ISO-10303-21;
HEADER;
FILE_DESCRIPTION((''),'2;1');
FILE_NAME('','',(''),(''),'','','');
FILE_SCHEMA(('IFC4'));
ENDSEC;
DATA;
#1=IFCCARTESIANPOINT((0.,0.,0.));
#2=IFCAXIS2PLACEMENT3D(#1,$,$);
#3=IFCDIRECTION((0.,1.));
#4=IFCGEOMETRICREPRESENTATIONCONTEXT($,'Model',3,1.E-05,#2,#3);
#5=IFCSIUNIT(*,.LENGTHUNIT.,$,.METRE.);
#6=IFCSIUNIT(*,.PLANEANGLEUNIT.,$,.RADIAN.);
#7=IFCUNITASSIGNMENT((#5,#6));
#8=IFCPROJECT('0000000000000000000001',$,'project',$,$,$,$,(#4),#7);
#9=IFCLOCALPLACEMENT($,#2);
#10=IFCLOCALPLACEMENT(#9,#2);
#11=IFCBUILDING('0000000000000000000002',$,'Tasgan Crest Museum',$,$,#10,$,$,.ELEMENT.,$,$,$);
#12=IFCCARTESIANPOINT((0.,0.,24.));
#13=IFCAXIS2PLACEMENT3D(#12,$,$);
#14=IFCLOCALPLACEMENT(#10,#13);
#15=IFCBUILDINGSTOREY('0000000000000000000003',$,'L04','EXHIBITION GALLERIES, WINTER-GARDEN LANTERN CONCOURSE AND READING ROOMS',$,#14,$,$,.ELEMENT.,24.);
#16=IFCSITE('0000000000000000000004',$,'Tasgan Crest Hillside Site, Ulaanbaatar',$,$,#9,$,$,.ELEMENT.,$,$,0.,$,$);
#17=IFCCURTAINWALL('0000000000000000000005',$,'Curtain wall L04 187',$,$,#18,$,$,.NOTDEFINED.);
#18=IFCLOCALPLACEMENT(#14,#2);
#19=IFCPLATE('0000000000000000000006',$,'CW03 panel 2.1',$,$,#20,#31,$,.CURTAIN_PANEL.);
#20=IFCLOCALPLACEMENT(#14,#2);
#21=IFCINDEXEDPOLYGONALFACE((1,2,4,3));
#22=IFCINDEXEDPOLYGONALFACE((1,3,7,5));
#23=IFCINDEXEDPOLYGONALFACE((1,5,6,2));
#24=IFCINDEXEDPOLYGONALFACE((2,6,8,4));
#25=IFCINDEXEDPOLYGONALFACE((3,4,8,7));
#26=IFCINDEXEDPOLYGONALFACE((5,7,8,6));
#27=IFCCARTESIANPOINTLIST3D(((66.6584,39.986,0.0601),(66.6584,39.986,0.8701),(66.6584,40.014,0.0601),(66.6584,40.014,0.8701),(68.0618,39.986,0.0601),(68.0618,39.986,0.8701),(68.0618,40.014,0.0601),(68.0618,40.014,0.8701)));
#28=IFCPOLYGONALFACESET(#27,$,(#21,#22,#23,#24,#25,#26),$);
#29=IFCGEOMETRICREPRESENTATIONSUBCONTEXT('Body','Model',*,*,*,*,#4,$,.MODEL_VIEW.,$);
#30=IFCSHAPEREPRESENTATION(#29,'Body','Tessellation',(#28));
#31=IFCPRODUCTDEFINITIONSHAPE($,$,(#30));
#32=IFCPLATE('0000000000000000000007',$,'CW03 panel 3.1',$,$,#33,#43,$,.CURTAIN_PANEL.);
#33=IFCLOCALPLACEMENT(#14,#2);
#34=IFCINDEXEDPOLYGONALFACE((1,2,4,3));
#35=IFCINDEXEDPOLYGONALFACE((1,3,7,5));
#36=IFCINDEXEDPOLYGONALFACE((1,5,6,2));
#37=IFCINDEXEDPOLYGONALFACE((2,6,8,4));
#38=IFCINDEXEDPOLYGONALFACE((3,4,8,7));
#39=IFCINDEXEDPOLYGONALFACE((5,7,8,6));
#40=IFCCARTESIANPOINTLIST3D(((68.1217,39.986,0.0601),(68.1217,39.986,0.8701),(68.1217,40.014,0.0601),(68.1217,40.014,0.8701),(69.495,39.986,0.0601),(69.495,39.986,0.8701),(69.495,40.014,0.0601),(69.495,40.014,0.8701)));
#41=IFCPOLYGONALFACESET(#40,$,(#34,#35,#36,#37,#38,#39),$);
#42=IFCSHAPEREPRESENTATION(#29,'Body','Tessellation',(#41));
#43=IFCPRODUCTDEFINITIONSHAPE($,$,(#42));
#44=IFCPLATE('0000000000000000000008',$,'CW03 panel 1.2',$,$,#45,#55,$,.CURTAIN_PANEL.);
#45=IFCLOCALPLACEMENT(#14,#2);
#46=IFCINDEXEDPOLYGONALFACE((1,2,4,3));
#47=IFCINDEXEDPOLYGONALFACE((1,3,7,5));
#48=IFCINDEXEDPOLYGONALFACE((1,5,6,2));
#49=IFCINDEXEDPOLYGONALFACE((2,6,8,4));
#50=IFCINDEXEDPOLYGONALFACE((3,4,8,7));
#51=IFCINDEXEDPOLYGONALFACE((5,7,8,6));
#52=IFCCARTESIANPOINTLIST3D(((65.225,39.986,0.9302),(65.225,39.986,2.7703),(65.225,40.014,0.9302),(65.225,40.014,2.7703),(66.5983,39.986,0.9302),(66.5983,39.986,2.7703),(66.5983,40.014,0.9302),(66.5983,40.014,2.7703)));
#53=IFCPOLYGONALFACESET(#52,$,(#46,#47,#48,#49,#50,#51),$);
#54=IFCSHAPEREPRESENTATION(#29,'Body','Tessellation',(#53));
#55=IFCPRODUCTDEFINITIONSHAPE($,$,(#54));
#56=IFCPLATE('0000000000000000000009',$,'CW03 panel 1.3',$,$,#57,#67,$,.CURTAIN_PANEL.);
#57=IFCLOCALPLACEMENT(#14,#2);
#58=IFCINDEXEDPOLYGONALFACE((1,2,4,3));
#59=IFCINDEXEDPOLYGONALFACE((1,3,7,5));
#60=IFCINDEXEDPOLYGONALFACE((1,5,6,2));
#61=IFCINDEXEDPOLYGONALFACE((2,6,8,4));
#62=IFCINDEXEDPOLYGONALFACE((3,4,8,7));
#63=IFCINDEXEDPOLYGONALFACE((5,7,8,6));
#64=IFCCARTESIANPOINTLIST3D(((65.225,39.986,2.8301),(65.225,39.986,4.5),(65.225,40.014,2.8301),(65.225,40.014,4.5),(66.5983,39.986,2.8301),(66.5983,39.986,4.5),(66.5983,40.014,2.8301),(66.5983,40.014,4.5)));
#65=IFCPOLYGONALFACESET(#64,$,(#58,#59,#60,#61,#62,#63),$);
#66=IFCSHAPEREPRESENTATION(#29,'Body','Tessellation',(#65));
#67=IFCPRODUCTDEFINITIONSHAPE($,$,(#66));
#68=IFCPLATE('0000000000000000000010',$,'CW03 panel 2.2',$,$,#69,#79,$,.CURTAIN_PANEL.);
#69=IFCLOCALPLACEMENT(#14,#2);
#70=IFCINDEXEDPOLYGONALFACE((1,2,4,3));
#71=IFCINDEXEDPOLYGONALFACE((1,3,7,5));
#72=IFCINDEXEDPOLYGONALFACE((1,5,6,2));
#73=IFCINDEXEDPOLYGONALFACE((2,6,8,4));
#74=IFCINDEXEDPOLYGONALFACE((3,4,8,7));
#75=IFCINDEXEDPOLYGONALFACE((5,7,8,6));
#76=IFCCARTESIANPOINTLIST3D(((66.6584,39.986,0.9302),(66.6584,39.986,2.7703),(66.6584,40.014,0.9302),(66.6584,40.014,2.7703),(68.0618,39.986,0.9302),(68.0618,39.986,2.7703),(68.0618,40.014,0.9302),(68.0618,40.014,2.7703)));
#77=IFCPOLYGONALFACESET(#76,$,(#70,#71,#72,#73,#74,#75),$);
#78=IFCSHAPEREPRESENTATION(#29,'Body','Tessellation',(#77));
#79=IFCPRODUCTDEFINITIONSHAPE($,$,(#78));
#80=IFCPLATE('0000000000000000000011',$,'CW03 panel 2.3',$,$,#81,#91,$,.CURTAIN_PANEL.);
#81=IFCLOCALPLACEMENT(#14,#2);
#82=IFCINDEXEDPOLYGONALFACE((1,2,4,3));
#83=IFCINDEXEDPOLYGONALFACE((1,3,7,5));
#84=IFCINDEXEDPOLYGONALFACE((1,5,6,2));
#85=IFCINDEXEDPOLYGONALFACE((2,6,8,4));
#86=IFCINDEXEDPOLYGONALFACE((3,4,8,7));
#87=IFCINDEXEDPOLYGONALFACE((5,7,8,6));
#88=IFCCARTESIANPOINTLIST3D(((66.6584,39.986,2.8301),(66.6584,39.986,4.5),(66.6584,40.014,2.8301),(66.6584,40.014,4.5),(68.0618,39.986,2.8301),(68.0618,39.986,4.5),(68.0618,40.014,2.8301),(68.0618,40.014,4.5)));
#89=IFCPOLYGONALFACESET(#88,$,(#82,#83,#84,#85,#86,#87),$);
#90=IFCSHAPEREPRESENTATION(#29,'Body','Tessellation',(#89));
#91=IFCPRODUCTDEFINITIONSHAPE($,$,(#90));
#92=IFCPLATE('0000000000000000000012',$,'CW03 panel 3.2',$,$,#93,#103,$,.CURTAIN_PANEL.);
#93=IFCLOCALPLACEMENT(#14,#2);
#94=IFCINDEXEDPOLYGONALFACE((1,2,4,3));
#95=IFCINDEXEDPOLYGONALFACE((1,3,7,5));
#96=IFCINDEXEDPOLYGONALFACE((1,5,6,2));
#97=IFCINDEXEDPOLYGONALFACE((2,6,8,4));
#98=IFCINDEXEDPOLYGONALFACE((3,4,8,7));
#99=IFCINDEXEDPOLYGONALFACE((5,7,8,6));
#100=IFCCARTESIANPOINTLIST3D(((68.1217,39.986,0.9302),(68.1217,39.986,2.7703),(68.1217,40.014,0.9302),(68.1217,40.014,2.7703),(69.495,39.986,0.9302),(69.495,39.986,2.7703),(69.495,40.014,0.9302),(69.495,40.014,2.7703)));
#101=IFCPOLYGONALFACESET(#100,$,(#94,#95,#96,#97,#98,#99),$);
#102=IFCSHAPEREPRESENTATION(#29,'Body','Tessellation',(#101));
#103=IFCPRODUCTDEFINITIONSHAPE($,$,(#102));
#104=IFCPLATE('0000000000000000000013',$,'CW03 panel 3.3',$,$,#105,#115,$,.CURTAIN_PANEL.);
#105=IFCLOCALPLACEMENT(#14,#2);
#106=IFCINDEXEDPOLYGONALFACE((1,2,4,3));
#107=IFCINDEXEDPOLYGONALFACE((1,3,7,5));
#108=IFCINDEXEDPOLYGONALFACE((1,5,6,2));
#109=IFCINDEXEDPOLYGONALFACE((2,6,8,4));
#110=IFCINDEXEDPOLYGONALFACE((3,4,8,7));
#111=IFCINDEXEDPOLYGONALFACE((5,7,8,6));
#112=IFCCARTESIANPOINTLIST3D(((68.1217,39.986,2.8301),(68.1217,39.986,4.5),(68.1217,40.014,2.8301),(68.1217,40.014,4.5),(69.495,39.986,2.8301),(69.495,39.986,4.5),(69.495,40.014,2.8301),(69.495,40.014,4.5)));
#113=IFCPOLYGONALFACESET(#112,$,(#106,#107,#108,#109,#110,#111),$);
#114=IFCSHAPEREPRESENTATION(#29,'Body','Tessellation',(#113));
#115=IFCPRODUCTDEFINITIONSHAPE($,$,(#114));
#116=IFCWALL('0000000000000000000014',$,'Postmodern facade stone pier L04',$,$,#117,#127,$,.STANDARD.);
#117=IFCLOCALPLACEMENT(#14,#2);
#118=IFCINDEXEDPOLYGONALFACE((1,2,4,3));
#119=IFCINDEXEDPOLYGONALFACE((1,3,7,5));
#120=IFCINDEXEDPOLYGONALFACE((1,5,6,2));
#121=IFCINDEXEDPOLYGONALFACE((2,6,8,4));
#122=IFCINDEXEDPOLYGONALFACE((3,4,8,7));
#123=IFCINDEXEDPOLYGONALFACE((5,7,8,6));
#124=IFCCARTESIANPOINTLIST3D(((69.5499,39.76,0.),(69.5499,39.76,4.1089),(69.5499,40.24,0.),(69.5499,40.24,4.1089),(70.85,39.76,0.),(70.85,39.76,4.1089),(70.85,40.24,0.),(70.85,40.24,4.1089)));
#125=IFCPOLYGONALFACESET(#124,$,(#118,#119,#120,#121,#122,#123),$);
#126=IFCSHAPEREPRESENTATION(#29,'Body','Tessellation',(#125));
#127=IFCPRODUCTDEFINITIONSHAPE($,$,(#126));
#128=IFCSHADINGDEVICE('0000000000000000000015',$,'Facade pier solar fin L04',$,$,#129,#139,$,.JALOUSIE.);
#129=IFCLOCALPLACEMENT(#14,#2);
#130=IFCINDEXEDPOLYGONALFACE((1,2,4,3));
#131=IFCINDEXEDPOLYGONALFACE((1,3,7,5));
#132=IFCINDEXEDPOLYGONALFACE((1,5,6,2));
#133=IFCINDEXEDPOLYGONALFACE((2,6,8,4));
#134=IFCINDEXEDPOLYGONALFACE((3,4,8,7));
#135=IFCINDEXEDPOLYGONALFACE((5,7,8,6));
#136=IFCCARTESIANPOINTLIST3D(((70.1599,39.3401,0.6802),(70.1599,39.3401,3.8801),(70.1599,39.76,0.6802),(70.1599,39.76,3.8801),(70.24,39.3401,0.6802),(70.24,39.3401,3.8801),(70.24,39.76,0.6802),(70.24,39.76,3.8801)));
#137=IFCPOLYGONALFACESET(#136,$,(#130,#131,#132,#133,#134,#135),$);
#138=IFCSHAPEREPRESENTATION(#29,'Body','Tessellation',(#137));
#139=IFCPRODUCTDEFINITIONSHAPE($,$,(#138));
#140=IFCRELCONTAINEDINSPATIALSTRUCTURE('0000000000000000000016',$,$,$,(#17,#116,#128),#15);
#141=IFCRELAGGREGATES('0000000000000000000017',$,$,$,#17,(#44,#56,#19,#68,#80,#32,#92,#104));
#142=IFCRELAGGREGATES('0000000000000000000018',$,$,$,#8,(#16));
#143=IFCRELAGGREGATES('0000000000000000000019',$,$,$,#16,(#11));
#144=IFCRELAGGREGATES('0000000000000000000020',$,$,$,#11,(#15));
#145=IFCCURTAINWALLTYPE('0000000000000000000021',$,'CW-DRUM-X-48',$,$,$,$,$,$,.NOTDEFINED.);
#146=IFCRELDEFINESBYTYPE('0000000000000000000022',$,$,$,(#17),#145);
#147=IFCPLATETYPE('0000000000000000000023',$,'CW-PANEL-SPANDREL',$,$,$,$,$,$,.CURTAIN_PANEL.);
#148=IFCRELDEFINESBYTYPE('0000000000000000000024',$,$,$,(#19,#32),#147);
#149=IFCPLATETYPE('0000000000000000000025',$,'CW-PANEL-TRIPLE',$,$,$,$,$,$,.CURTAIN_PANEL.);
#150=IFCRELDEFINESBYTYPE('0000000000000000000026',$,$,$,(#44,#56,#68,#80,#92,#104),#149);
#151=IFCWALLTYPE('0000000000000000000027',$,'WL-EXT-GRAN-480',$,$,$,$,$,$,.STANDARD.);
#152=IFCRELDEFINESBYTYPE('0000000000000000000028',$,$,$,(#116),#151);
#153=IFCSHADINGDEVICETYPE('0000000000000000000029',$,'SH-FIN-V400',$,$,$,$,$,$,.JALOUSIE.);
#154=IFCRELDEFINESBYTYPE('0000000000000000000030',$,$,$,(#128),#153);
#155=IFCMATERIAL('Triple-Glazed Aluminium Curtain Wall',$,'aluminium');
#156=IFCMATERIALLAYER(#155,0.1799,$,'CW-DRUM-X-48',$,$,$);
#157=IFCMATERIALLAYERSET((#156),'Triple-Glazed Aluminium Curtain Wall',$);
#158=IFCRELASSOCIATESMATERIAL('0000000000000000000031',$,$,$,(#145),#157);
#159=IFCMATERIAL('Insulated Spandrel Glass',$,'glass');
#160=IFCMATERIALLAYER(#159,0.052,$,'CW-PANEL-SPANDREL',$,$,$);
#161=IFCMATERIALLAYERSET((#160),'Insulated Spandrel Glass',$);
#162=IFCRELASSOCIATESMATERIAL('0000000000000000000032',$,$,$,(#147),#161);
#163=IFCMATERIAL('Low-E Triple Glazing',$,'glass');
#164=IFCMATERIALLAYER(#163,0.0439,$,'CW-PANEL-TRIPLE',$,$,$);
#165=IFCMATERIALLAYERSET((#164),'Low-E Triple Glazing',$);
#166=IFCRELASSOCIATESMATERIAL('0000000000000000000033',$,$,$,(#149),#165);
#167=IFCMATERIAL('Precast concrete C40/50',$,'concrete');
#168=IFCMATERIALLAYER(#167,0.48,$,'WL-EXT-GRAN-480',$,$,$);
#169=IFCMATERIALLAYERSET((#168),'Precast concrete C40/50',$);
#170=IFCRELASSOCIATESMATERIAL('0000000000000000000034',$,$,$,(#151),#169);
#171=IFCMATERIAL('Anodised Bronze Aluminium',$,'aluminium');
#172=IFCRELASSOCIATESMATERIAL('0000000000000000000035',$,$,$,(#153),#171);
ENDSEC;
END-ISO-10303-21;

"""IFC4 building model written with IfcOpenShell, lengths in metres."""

from ifc_helpers import new_model, si_unit, direction, frame, frame_2d, origin, origin_2d, place, context, subcontext, project, spatial, rectangle, extrude, material, layer, layer_set, type_object, element, aggregate, save


model = new_model("IFC4")

# Units and contexts
model_context = context("Model", 3, precision=1e-05, world=origin(), true_north=direction((0.0, 1.0)))
body_context = subcontext(model_context, "Body", "Model", "MODEL_VIEW")
ifc_project = project(units=[si_unit("LENGTHUNIT", "METRE"), si_unit("PLANEANGLEUNIT", "RADIAN")], contexts=[model_context])

# Site, building, storey
site_placement = place(None, origin())
site = spatial("IfcSite", under=ifc_project, at=site_placement, Name="Tasgan Crest Hillside Site, Ulaanbaatar", CompositionType="ELEMENT", RefElevation=0.0)
building_placement = place(site_placement, origin())
building = spatial("IfcBuilding", under=site, at=building_placement, Name="Tasgan Crest Museum", CompositionType="ELEMENT")
storey_placement = place(building_placement, frame((0.0, 0.0, 24.0)))
storey = spatial("IfcBuildingStorey", under=building, at=storey_placement, Name="L04", Description="EXHIBITION GALLERIES, WINTER-GARDEN LANTERN CONCOURSE AND READING ROOMS", CompositionType="ELEMENT", Elevation=24.0)

# Curtain wall
ifc_material_1 = material(Name="Triple-Glazed Aluminium Curtain Wall", Category="aluminium")
ifc_layer_1 = layer(ifc_material_1, 0.1799, Name="CW-DRUM-X-48")
ifc_layer_set_1 = layer_set([ifc_layer_1], Name="Triple-Glazed Aluminium Curtain Wall")
curtain_wall_type = type_object("IfcCurtainWallType", Name="CW-DRUM-X-48", PredefinedType="NOTDEFINED", material=ifc_layer_set_1)
curtain_wall_1_placement = place(storey_placement, origin())
curtain_wall_1 = element("IfcCurtainWall", 1, at=curtain_wall_1_placement, inside=storey, type_object=curtain_wall_type, Name="Curtain wall L04 187", PredefinedType="NOTDEFINED")

# Plates
ifc_material_2 = material(Name="Insulated Spandrel Glass", Category="glass")
ifc_layer_2 = layer(ifc_material_2, 0.052, Name="CW-PANEL-SPANDREL")
ifc_layer_set_2 = layer_set([ifc_layer_2], Name="Insulated Spandrel Glass")
plate_type_1 = type_object("IfcPlateType", Name="CW-PANEL-SPANDREL", PredefinedType="CURTAIN_PANEL", material=ifc_layer_set_2)
plate_1_placement = place(storey_placement, frame((67.3601, 40.0, 0.0601), z_axis=(0.0, 0.0, 1.0), x_axis=(1.0, 0.0, 0.0)))
plate_1 = element("IfcPlate", 2, at=plate_1_placement, type_object=plate_type_1, Name="CW03 panel 2.1", PredefinedType="CURTAIN_PANEL", context=body_context, shape_type="SweptSolid", body=[
    extrude(rectangle(XDim=1.4033, YDim=0.0281, at=origin_2d()), origin(), (0.0, 0.0, 1.0), 0.8101),
])
plate_2_placement = place(storey_placement, frame((68.8083, 40.0, 0.0601), z_axis=(0.0, 0.0, 1.0), x_axis=(1.0, 0.0, 0.0)))
plate_2 = element("IfcPlate", 3, at=plate_2_placement, type_object=plate_type_1, Name="CW03 panel 3.1", PredefinedType="CURTAIN_PANEL", context=body_context, shape_type="SweptSolid", body=[
    extrude(rectangle(XDim=1.3733, YDim=0.0281, at=origin_2d()), origin(), (0.0, 0.0, 1.0), 0.8101),
])
ifc_material_3 = material(Name="Low-E Triple Glazing", Category="glass")
ifc_layer_3 = layer(ifc_material_3, 0.0439, Name="CW-PANEL-TRIPLE")
ifc_layer_set_3 = layer_set([ifc_layer_3], Name="Low-E Triple Glazing")
plate_type_2 = type_object("IfcPlateType", Name="CW-PANEL-TRIPLE", PredefinedType="CURTAIN_PANEL", material=ifc_layer_set_3)
plate_3_placement = place(storey_placement, frame((65.9116, 40.0, 0.9302), z_axis=(0.0, 0.0, 1.0), x_axis=(1.0, 0.0, 0.0)))
plate_3 = element("IfcPlate", 4, at=plate_3_placement, type_object=plate_type_2, Name="CW03 panel 1.2", PredefinedType="CURTAIN_PANEL", context=body_context, shape_type="SweptSolid", body=[
    extrude(rectangle(XDim=1.3733, YDim=0.0281, at=origin_2d()), origin(), (0.0, 0.0, 1.0), 1.8401),
])
plate_4_placement = place(storey_placement, frame((65.9116, 40.0, 2.8301), z_axis=(0.0, 0.0, 1.0), x_axis=(1.0, 0.0, 0.0)))
plate_4 = element("IfcPlate", 5, at=plate_4_placement, type_object=plate_type_2, Name="CW03 panel 1.3", PredefinedType="CURTAIN_PANEL", context=body_context, shape_type="SweptSolid", body=[
    extrude(rectangle(XDim=1.3733, YDim=0.0281, at=origin_2d()), origin(), (0.0, 0.0, 1.0), 1.6699),
])
plate_5_placement = place(storey_placement, frame((67.3601, 40.0, 0.9302), z_axis=(0.0, 0.0, 1.0), x_axis=(1.0, 0.0, 0.0)))
plate_5 = element("IfcPlate", 6, at=plate_5_placement, type_object=plate_type_2, Name="CW03 panel 2.2", PredefinedType="CURTAIN_PANEL", context=body_context, shape_type="SweptSolid", body=[
    extrude(rectangle(XDim=1.4033, YDim=0.0281, at=origin_2d()), origin(), (0.0, 0.0, 1.0), 1.8401),
])
plate_6_placement = place(storey_placement, frame((67.3601, 40.0, 2.8301), z_axis=(0.0, 0.0, 1.0), x_axis=(1.0, 0.0, 0.0)))
plate_6 = element("IfcPlate", 7, at=plate_6_placement, type_object=plate_type_2, Name="CW03 panel 2.3", PredefinedType="CURTAIN_PANEL", context=body_context, shape_type="SweptSolid", body=[
    extrude(rectangle(XDim=1.4033, YDim=0.0281, at=origin_2d()), origin(), (0.0, 0.0, 1.0), 1.6699),
])
plate_7_placement = place(storey_placement, frame((68.8083, 40.0, 0.9302), z_axis=(0.0, 0.0, 1.0), x_axis=(1.0, 0.0, 0.0)))
plate_7 = element("IfcPlate", 8, at=plate_7_placement, type_object=plate_type_2, Name="CW03 panel 3.2", PredefinedType="CURTAIN_PANEL", context=body_context, shape_type="SweptSolid", body=[
    extrude(rectangle(XDim=1.3733, YDim=0.0281, at=origin_2d()), origin(), (0.0, 0.0, 1.0), 1.8401),
])
plate_8_placement = place(storey_placement, frame((68.8083, 40.0, 2.8301), z_axis=(0.0, 0.0, 1.0), x_axis=(1.0, 0.0, 0.0)))
plate_8 = element("IfcPlate", 9, at=plate_8_placement, type_object=plate_type_2, Name="CW03 panel 3.3", PredefinedType="CURTAIN_PANEL", context=body_context, shape_type="SweptSolid", body=[
    extrude(rectangle(XDim=1.3733, YDim=0.0281, at=origin_2d()), origin(), (0.0, 0.0, 1.0), 1.6699),
])
aggregate(curtain_wall_1, [plate_3, plate_4, plate_1, plate_5, plate_6, plate_2, plate_7, plate_8])

# Wall
ifc_material_4 = material(Name="Precast concrete C40/50", Category="concrete")
ifc_layer_4 = layer(ifc_material_4, 0.48, Name="WL-EXT-GRAN-480")
ifc_layer_set_4 = layer_set([ifc_layer_4], Name="Precast concrete C40/50")
wall_type = type_object("IfcWallType", Name="WL-EXT-GRAN-480", PredefinedType="STANDARD", material=ifc_layer_set_4)
wall_placement = place(storey_placement, frame((69.55, 40.0, 0.0), z_axis=(0.0, 0.0, 1.0), x_axis=(1.0, 0.0, 0.0)))
element("IfcWall", 10, at=wall_placement, inside=storey, type_object=wall_type, Name="Postmodern facade stone pier L04", PredefinedType="STANDARD", context=body_context, shape_type="SweptSolid", body=[
    extrude(rectangle(XDim=1.3, YDim=0.48, at=frame_2d((0.6499, 0.0))), origin(), (0.0, 0.0, 1.0), 4.1089),
])

# Shading device
ifc_material_5 = material(Name="Anodised Bronze Aluminium", Category="aluminium")
shading_device_type = type_object("IfcShadingDeviceType", Name="SH-FIN-V400", PredefinedType="JALOUSIE", material=ifc_material_5)
shading_device_placement = place(storey_placement, frame((70.2, 39.55, 0.6802), z_axis=(0.0, 0.0, 1.0), x_axis=(1.0, 0.0, 0.0)))
element("IfcShadingDevice", 11, at=shading_device_placement, inside=storey, type_object=shading_device_type, Name="Facade pier solar fin L04", PredefinedType="JALOUSIE", context=body_context, shape_type="SweptSolid", body=[
    extrude(rectangle(XDim=0.0801, YDim=0.4199, at=origin_2d()), origin(), (0.0, 0.0, 1.0), 3.2),
])

save(model, "model.ifc")
